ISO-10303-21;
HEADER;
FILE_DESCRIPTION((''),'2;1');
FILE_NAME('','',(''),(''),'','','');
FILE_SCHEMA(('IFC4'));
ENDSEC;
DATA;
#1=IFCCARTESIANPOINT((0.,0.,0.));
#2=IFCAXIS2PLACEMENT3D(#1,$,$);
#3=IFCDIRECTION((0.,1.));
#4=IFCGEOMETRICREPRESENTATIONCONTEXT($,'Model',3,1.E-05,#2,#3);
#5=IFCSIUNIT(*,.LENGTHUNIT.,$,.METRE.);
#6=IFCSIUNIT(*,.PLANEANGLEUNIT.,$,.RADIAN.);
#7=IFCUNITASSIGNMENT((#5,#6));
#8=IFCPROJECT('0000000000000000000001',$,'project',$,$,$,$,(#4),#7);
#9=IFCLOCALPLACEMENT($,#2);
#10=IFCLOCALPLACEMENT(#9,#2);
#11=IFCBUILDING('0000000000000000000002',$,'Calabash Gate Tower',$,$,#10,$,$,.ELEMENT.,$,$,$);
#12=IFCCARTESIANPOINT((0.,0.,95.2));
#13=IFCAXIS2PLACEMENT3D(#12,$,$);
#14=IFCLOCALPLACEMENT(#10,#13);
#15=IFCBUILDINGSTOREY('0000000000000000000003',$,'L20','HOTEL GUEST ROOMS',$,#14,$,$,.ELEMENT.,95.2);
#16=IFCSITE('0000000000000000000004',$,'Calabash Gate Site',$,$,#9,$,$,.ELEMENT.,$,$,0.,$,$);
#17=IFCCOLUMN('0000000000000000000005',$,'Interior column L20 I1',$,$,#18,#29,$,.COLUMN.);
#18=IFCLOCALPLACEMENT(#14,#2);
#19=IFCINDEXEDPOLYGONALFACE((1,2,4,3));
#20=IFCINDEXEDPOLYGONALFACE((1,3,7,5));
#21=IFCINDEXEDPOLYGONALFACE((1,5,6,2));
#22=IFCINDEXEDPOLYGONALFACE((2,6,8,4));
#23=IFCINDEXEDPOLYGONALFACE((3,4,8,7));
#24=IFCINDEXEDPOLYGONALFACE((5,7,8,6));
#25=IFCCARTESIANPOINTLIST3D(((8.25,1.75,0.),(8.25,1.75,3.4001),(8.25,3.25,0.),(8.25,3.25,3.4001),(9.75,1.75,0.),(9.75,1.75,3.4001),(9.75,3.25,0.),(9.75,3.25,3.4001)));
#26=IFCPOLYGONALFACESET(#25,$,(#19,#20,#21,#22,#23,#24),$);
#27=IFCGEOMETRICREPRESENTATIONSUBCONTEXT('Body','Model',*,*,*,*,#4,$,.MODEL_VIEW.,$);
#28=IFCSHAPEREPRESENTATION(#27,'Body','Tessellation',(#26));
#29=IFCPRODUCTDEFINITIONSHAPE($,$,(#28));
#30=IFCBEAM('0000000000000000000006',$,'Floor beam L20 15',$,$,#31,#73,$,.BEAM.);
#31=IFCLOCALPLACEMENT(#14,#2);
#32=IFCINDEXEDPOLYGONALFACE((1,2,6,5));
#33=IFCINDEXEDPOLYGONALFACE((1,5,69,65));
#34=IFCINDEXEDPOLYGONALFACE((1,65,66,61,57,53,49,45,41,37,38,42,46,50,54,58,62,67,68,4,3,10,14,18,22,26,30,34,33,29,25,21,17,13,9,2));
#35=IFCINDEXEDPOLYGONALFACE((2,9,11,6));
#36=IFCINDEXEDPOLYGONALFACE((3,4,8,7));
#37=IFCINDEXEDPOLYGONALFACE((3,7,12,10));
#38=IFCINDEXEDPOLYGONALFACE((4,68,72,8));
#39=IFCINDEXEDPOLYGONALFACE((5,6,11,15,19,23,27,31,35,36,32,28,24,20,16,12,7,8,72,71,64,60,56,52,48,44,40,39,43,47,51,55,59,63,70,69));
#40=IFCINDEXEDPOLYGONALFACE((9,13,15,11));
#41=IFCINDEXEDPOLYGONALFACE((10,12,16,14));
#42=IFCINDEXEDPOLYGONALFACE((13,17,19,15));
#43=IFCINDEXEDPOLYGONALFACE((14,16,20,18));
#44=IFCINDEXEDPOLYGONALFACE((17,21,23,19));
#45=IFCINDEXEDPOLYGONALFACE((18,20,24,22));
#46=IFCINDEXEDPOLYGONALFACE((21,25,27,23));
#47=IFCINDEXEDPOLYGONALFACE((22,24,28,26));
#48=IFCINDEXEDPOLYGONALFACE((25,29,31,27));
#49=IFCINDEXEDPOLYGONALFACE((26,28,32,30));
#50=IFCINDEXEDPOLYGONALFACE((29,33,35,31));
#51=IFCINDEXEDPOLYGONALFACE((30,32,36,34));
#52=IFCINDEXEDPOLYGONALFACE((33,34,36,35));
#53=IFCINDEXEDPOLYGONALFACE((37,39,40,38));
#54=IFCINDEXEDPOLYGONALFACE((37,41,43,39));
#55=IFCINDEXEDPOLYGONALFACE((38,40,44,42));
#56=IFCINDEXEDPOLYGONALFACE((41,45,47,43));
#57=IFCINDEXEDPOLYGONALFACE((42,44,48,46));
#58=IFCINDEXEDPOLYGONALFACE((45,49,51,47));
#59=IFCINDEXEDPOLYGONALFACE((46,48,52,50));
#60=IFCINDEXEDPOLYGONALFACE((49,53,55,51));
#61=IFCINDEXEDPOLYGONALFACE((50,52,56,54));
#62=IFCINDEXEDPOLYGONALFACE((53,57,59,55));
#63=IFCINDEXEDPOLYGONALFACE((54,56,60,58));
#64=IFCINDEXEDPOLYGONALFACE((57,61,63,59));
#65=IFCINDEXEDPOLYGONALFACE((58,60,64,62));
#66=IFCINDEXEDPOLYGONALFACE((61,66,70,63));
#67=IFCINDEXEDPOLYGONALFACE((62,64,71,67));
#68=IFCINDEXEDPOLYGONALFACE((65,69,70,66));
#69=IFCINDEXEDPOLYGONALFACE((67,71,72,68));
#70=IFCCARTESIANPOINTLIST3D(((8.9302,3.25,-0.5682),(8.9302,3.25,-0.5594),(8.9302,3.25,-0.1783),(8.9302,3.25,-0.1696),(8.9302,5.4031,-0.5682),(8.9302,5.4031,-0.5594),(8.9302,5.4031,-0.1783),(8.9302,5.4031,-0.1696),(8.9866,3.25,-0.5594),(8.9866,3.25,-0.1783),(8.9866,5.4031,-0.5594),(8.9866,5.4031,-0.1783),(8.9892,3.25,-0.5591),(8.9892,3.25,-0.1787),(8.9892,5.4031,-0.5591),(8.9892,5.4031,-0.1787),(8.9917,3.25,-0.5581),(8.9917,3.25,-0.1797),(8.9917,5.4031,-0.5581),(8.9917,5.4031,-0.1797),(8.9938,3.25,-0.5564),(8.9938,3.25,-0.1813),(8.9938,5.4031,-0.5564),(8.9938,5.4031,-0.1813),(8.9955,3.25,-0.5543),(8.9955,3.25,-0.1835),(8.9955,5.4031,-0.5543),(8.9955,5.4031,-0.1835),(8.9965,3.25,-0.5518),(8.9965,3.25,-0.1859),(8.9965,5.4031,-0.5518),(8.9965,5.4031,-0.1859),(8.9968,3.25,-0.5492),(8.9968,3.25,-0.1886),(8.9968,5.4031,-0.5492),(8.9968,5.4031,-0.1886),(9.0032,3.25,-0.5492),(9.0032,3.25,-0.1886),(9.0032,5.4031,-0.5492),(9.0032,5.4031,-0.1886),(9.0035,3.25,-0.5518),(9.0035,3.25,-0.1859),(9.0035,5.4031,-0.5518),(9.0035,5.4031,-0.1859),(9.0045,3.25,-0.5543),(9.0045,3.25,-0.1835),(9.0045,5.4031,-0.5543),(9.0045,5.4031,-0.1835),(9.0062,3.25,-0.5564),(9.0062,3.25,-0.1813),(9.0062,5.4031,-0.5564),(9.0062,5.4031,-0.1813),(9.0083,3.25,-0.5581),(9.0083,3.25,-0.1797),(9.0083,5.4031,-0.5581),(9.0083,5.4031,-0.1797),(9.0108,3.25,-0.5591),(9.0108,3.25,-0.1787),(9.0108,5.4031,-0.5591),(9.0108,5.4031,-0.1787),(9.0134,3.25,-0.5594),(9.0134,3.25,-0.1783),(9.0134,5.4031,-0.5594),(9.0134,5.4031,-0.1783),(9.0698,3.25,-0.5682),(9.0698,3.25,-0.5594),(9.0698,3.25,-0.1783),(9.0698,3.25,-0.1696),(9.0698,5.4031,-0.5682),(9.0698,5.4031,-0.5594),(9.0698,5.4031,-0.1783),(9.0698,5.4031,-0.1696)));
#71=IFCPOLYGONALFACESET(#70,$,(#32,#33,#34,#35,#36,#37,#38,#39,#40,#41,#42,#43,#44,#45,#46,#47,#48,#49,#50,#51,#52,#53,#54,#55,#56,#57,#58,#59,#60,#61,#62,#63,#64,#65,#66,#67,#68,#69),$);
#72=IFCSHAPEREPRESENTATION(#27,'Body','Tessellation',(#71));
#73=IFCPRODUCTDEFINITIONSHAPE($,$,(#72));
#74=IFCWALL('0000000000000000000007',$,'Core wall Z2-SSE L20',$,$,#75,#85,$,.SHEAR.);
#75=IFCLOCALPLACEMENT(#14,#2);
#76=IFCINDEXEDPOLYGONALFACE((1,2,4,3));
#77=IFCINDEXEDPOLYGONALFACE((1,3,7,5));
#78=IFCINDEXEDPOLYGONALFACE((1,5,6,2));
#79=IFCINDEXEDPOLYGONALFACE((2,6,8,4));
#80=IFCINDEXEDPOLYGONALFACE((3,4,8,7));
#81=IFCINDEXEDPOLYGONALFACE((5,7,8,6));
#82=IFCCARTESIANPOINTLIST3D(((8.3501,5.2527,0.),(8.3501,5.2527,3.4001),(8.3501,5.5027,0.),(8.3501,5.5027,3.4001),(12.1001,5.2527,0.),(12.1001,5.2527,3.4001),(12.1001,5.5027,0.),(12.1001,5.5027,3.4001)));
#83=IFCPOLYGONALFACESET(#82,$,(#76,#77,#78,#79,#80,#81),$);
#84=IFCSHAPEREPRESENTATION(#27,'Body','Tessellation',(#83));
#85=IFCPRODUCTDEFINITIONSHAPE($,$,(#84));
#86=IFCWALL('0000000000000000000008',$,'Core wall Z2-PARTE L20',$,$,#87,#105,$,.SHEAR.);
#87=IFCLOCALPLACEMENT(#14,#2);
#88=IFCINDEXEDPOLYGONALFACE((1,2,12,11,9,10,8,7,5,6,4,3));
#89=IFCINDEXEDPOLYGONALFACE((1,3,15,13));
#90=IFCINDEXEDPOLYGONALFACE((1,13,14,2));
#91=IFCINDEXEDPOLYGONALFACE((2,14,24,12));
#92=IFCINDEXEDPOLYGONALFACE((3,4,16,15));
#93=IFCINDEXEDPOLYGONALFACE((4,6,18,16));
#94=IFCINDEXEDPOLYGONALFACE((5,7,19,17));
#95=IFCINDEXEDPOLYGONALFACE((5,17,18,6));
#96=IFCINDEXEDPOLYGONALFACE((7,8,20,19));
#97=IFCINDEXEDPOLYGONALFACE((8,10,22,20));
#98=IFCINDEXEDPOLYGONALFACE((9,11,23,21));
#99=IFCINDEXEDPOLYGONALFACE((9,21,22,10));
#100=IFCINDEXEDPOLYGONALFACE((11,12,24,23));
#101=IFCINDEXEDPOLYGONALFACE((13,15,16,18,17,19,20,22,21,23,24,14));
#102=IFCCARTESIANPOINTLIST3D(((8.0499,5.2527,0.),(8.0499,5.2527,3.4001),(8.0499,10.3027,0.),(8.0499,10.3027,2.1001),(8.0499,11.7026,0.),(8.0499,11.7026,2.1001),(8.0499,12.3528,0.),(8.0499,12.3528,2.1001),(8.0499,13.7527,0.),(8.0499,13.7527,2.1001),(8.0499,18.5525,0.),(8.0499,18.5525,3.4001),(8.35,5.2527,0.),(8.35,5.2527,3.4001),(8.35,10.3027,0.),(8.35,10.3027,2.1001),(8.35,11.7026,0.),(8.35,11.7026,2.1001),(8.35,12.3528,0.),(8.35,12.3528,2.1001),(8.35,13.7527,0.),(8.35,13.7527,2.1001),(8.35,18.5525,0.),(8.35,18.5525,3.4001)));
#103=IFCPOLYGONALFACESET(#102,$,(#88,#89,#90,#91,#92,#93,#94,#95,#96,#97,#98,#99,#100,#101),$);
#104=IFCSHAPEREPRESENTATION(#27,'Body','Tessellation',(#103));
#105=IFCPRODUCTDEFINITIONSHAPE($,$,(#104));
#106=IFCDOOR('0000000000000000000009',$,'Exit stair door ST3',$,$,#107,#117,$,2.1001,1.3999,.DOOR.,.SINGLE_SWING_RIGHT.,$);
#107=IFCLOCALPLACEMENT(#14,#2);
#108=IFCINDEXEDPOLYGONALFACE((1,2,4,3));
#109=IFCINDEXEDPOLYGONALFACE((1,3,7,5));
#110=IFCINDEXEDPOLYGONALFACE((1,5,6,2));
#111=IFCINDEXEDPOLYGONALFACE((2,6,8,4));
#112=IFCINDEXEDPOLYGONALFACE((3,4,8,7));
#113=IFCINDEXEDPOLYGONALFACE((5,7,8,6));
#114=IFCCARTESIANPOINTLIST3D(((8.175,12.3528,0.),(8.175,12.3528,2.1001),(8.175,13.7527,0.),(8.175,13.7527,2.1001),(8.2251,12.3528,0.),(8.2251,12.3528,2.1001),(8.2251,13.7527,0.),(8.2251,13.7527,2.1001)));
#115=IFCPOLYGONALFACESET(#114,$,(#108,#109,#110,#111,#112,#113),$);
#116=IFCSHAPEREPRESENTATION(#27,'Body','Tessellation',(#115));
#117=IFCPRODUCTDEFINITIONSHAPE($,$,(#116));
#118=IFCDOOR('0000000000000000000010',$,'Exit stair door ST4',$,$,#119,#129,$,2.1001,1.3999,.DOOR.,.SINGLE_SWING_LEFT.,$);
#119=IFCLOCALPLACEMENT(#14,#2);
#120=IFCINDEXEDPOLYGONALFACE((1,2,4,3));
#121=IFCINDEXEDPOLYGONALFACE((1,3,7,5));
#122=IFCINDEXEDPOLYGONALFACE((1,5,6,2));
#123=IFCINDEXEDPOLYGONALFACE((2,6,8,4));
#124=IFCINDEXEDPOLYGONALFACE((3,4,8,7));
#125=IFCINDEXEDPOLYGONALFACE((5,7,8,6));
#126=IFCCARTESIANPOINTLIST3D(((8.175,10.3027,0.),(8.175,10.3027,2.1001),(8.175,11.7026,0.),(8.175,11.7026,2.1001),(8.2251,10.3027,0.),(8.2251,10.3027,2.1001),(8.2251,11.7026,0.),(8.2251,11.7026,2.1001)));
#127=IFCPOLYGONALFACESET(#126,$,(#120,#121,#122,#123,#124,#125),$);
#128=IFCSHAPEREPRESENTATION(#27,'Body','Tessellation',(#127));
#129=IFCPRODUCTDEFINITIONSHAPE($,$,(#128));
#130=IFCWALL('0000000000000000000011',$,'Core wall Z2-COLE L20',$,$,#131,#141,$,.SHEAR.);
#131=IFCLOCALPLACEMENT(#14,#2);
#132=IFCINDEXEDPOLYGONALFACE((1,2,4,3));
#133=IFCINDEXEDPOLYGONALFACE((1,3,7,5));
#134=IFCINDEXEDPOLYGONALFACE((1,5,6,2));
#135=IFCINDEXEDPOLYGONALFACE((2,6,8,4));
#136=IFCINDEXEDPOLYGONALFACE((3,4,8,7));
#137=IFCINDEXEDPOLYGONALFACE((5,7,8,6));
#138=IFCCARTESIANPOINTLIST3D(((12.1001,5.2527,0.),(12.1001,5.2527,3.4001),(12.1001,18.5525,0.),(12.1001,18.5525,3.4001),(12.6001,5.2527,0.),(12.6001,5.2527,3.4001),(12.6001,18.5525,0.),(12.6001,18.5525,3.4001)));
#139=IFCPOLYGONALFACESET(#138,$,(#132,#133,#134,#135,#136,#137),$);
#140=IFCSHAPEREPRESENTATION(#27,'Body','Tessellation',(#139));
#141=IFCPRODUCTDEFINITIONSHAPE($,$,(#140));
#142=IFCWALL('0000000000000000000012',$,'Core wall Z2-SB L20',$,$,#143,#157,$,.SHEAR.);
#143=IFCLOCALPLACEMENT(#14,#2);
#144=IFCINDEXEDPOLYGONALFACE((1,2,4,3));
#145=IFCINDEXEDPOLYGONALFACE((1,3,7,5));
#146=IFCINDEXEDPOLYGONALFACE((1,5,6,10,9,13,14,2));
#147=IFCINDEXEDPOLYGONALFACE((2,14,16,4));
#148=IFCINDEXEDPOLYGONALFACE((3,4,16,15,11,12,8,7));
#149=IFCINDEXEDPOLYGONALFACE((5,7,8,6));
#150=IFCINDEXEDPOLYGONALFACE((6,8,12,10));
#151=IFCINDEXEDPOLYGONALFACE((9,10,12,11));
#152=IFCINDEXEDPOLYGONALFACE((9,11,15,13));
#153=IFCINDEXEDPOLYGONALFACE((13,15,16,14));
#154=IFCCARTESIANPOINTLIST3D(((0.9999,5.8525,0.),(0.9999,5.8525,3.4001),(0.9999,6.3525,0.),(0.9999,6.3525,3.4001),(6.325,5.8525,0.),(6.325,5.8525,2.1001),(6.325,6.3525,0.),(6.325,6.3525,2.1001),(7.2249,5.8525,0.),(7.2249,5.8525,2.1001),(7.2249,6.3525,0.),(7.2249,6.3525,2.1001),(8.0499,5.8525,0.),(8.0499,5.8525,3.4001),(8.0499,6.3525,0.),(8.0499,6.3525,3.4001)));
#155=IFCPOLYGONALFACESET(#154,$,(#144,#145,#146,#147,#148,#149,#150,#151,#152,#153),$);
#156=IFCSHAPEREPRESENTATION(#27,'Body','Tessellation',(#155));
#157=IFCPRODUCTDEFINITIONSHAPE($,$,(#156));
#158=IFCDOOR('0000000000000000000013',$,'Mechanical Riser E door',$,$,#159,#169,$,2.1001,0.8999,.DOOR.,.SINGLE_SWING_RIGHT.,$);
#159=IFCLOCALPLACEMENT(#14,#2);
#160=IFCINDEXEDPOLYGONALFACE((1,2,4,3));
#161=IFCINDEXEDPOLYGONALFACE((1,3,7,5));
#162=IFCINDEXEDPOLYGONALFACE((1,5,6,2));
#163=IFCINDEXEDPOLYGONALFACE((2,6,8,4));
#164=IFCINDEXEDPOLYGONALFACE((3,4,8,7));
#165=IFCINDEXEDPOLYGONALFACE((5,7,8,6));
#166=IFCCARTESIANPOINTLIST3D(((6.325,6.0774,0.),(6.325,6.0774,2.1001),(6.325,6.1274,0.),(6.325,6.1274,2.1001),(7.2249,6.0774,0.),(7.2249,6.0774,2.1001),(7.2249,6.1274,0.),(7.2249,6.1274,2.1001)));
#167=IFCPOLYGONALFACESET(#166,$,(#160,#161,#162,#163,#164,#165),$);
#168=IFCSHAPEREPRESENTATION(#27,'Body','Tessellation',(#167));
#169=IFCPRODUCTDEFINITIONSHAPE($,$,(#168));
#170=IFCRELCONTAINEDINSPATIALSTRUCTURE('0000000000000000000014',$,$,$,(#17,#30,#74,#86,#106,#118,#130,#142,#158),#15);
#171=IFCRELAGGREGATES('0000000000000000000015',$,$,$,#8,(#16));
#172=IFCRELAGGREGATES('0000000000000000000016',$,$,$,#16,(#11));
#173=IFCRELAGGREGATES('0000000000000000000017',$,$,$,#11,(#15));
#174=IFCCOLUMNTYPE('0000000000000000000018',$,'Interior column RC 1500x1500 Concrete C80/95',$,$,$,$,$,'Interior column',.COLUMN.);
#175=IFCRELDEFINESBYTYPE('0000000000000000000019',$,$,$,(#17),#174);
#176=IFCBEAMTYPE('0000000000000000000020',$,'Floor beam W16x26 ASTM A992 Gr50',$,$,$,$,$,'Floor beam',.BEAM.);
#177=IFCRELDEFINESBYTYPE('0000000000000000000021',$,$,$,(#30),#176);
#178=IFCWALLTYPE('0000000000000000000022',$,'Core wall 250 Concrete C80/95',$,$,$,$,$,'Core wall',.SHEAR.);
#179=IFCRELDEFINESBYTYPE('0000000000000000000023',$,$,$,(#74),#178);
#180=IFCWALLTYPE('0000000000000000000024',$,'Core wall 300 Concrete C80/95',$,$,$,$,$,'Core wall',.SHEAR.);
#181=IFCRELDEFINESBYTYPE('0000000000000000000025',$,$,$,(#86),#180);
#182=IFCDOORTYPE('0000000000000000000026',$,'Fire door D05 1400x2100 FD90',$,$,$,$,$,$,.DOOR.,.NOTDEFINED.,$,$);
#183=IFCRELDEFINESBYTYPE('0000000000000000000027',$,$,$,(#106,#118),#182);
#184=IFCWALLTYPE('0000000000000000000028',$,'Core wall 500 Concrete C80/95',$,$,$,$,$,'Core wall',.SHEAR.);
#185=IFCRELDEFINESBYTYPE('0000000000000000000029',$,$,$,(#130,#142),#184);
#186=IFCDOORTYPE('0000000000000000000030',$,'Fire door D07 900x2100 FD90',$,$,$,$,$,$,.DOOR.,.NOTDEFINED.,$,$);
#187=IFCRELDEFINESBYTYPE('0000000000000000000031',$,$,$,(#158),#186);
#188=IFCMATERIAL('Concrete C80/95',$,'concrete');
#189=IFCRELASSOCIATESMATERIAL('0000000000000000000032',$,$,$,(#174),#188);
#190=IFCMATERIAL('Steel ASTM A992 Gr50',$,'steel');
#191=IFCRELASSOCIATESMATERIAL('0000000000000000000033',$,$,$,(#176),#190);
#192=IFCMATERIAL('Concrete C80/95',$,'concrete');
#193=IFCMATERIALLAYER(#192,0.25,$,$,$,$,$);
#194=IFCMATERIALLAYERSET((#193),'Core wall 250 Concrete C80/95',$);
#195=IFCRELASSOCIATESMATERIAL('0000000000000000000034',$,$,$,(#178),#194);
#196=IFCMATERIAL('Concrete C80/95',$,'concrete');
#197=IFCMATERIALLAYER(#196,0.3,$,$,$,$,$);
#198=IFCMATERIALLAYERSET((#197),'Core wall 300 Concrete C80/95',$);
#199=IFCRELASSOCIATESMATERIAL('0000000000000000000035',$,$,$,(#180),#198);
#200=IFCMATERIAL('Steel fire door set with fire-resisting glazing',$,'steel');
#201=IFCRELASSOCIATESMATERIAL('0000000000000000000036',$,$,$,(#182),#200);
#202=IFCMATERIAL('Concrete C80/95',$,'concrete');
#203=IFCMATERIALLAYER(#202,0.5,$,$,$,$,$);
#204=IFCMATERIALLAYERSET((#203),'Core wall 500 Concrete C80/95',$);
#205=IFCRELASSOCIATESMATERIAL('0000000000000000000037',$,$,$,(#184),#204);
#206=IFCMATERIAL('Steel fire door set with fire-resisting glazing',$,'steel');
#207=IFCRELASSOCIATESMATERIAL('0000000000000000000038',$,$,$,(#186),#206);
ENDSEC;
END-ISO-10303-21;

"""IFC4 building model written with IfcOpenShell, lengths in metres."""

from ifc_helpers import new_model, si_unit, direction, frame, frame_2d, origin, origin_2d, place, context, subcontext, project, spatial, rectangle, i_section, extrude, material, layer, layer_set, material_profile, profile_set, type_object, element, fill, save


model = new_model("IFC4")

# Units and contexts
model_context = context("Model", 3, precision=1e-05, world=origin(), true_north=direction((0.0, 1.0)))
body_context = subcontext(model_context, "Body", "Model", "MODEL_VIEW")
ifc_project = project(units=[si_unit("LENGTHUNIT", "METRE"), si_unit("PLANEANGLEUNIT", "RADIAN")], contexts=[model_context])

# Site, building, storey
site_placement = place(None, origin())
site = spatial("IfcSite", under=ifc_project, at=site_placement, Name="Calabash Gate Site", CompositionType="ELEMENT", RefElevation=0.0)
building_placement = place(site_placement, origin())
building = spatial("IfcBuilding", under=site, at=building_placement, Name="Calabash Gate Tower", CompositionType="ELEMENT")
storey_placement = place(building_placement, frame((0.0, 0.0, 95.2)))
storey = spatial("IfcBuildingStorey", under=building, at=storey_placement, Name="L20", Description="HOTEL GUEST ROOMS", CompositionType="ELEMENT", Elevation=95.2)

# Column
ifc_material_1 = material(Name="Concrete C80/95", Category="concrete")
ifc_material_profile_1 = material_profile(ifc_material_1, rectangle(XDim=1.5, YDim=1.5, at=origin_2d()))
ifc_profile_set_1 = profile_set([ifc_material_profile_1], Name="Concrete C80/95")
column_type = type_object("IfcColumnType", Name="Interior column RC 1500x1500 Concrete C80/95", ElementType="Interior column", PredefinedType="COLUMN", material=ifc_profile_set_1)
column_placement = place(storey_placement, frame((9.0, 2.5, 0.0), z_axis=(0.0, 0.0, 1.0), x_axis=(1.0, 0.0, 0.0)))
element("IfcColumn", 1, at=column_placement, inside=storey, type_object=column_type, Name="Interior column L20 I1", PredefinedType="COLUMN", context=body_context, shape_type="SweptSolid", body=[
    extrude(rectangle(XDim=1.5, YDim=1.5, at=origin_2d()), origin(), (0.0, 0.0, 1.0), 3.4001),
])

# Beam
ifc_material_2 = material(Name="Steel ASTM A992 Gr50", Category="steel")
ifc_material_profile_2 = material_profile(ifc_material_2, i_section(OverallWidth=0.1396, OverallDepth=0.3987, WebThickness=0.0063, FlangeThickness=0.0088, FilletRadius=0.0103, at=origin_2d()))
ifc_profile_set_2 = profile_set([ifc_material_profile_2], Name="Steel ASTM A992 Gr50")
beam_type = type_object("IfcBeamType", Name="Floor beam W16x26 ASTM A992 Gr50", ElementType="Floor beam", PredefinedType="BEAM", material=ifc_profile_set_2)
beam_placement = place(storey_placement, frame((9.0, 3.25, -0.3689), z_axis=(0.0, 1.0, 0.0), x_axis=(-1.0, 0.0, 0.0)))
element("IfcBeam", 2, at=beam_placement, inside=storey, type_object=beam_type, Name="Floor beam L20 15", PredefinedType="BEAM", context=body_context, shape_type="SweptSolid", body=[
    extrude(i_section(OverallWidth=0.1396, OverallDepth=0.3987, WebThickness=0.0063, FlangeThickness=0.0088, FilletRadius=0.0103, at=origin_2d()), origin(), (0.0, 0.0, 1.0), 2.1531),
])

# Wall
ifc_material_3 = material(Name="Concrete C80/95", Category="concrete")
ifc_layer_1 = layer(ifc_material_3, 0.25)
ifc_layer_set_1 = layer_set([ifc_layer_1], Name="Core wall 250 Concrete C80/95")
wall_type_1 = type_object("IfcWallType", Name="Core wall 250 Concrete C80/95", ElementType="Core wall", PredefinedType="SHEAR", material=ifc_layer_set_1)
wall_1_placement = place(storey_placement, frame((8.3501, 5.3777, 0.0), z_axis=(0.0, 0.0, 1.0), x_axis=(1.0, 0.0, 0.0)))
element("IfcWall", 3, at=wall_1_placement, inside=storey, type_object=wall_type_1, Name="Core wall Z2-SSE L20", PredefinedType="SHEAR", context=body_context, shape_type="SweptSolid", body=[
    extrude(rectangle(XDim=3.75, YDim=0.25, at=frame_2d((1.875, 0.0))), origin(), (0.0, 0.0, 1.0), 3.4001),
])

# Wall, openings, doors
ifc_material_4 = material(Name="Concrete C80/95", Category="concrete")
ifc_layer_2 = layer(ifc_material_4, 0.3)
ifc_layer_set_2 = layer_set([ifc_layer_2], Name="Core wall 300 Concrete C80/95")
wall_type_2 = type_object("IfcWallType", Name="Core wall 300 Concrete C80/95", ElementType="Core wall", PredefinedType="SHEAR", material=ifc_layer_set_2)
wall_2_placement = place(storey_placement, frame((8.2, 5.2527, 0.0), z_axis=(0.0, 0.0, 1.0), x_axis=(0.0, 1.0, 0.0)))
wall_2 = element("IfcWall", 4, at=wall_2_placement, inside=storey, type_object=wall_type_2, Name="Core wall Z2-PARTE L20", PredefinedType="SHEAR", context=body_context, shape_type="SweptSolid", body=[
    extrude(rectangle(XDim=13.2998, YDim=0.3, at=frame_2d((6.6499, 0.0))), origin(), (0.0, 0.0, 1.0), 3.4001),
])
opening_1_placement = place(wall_2_placement, frame((7.1001, 0.0, 0.0)))
opening_1 = element("IfcOpeningElement", 5, at=opening_1_placement, cuts=wall_2, PredefinedType="OPENING", context=body_context, shape_type="SweptSolid", body=[
    extrude(rectangle(XDim=1.3999, YDim=2.1001, at=frame_2d((0.7, 1.05))), frame((0.0, 0.1599, 0.0), z_axis=(0.0, -1.0, 0.0), x_axis=(1.0, 0.0, 0.0)), (0.0, 0.0, 1.0), 0.3201),
])
opening_2_placement = place(wall_2_placement, frame((5.05, 0.0, 0.0)))
opening_2 = element("IfcOpeningElement", 6, at=opening_2_placement, cuts=wall_2, PredefinedType="OPENING", context=body_context, shape_type="SweptSolid", body=[
    extrude(rectangle(XDim=1.3999, YDim=2.1001, at=frame_2d((0.7, 1.05))), frame((0.0, 0.1599, 0.0), z_axis=(0.0, -1.0, 0.0), x_axis=(1.0, 0.0, 0.0)), (0.0, 0.0, 1.0), 0.3201),
])
ifc_material_5 = material(Name="Steel fire door set with fire-resisting glazing", Category="steel")
door_type_1 = type_object("IfcDoorType", Name="Fire door D05 1400x2100 FD90", OperationType="NOTDEFINED", PredefinedType="DOOR", material=ifc_material_5)
door_1_placement = place(opening_1_placement, origin())
door_1 = element("IfcDoor", 7, at=door_1_placement, inside=storey, type_object=door_type_1, Name="Exit stair door ST3", OperationType="SINGLE_SWING_RIGHT", OverallHeight=2.1001, OverallWidth=1.3999, PredefinedType="DOOR", context=body_context, shape_type="SweptSolid", body=[
    extrude(rectangle(XDim=1.3999, YDim=2.1001, at=frame_2d((0.7, 1.05))), frame((0.0, 0.0249, 0.0), z_axis=(0.0, -1.0, 0.0), x_axis=(1.0, 0.0, 0.0)), (0.0, 0.0, 1.0), 0.05),
])
fill(opening_1, door_1)
door_2_placement = place(opening_2_placement, origin())
door_2 = element("IfcDoor", 8, at=door_2_placement, inside=storey, type_object=door_type_1, Name="Exit stair door ST4", OperationType="SINGLE_SWING_LEFT", OverallHeight=2.1001, OverallWidth=1.3999, PredefinedType="DOOR", context=body_context, shape_type="SweptSolid", body=[
    extrude(rectangle(XDim=1.3999, YDim=2.1001, at=frame_2d((0.7, 1.05))), frame((0.0, 0.0249, 0.0), z_axis=(0.0, -1.0, 0.0), x_axis=(1.0, 0.0, 0.0)), (0.0, 0.0, 1.0), 0.05),
])
fill(opening_2, door_2)

# Wall
ifc_material_6 = material(Name="Concrete C80/95", Category="concrete")
ifc_layer_3 = layer(ifc_material_6, 0.5)
ifc_layer_set_3 = layer_set([ifc_layer_3], Name="Core wall 500 Concrete C80/95")
wall_type_3 = type_object("IfcWallType", Name="Core wall 500 Concrete C80/95", ElementType="Core wall", PredefinedType="SHEAR", material=ifc_layer_set_3)
wall_3_placement = place(storey_placement, frame((12.3501, 5.2527, 0.0), z_axis=(0.0, 0.0, 1.0), x_axis=(0.0, 1.0, 0.0)))
element("IfcWall", 9, at=wall_3_placement, inside=storey, type_object=wall_type_3, Name="Core wall Z2-COLE L20", PredefinedType="SHEAR", context=body_context, shape_type="SweptSolid", body=[
    extrude(rectangle(XDim=13.2998, YDim=0.5, at=frame_2d((6.6499, 0.0))), origin(), (0.0, 0.0, 1.0), 3.4001),
])

# Wall, opening, door
wall_4_placement = place(storey_placement, frame((1.0, 6.1025, 0.0), z_axis=(0.0, 0.0, 1.0), x_axis=(1.0, 0.0, 0.0)))
wall_4 = element("IfcWall", 10, at=wall_4_placement, inside=storey, type_object=wall_type_3, Name="Core wall Z2-SB L20", PredefinedType="SHEAR", context=body_context, shape_type="SweptSolid", body=[
    extrude(rectangle(XDim=7.05, YDim=0.5, at=frame_2d((3.5249, 0.0))), origin(), (0.0, 0.0, 1.0), 3.4001),
])
opening_3_placement = place(wall_4_placement, frame((5.325, 0.0, 0.0)))
opening_3 = element("IfcOpeningElement", 11, at=opening_3_placement, cuts=wall_4, PredefinedType="OPENING", context=body_context, shape_type="SweptSolid", body=[
    extrude(rectangle(XDim=0.8999, YDim=2.1001, at=frame_2d((0.45, 1.05))), frame((0.0, 0.26, 0.0), z_axis=(0.0, -1.0, 0.0), x_axis=(1.0, 0.0, 0.0)), (0.0, 0.0, 1.0), 0.52),
])
ifc_material_7 = material(Name="Steel fire door set with fire-resisting glazing", Category="steel")
door_type_2 = type_object("IfcDoorType", Name="Fire door D07 900x2100 FD90", OperationType="NOTDEFINED", PredefinedType="DOOR", material=ifc_material_7)
door_3_placement = place(opening_3_placement, origin())
door_3 = element("IfcDoor", 12, at=door_3_placement, inside=storey, type_object=door_type_2, Name="Mechanical Riser E door", OperationType="SINGLE_SWING_RIGHT", OverallHeight=2.1001, OverallWidth=0.8999, PredefinedType="DOOR", context=body_context, shape_type="SweptSolid", body=[
    extrude(rectangle(XDim=0.8999, YDim=2.1001, at=frame_2d((0.45, 1.05))), frame((0.0, 0.0249, 0.0), z_axis=(0.0, -1.0, 0.0), x_axis=(1.0, 0.0, 0.0)), (0.0, 0.0, 1.0), 0.05),
])
fill(opening_3, door_3)

save(model, "model.ifc")
